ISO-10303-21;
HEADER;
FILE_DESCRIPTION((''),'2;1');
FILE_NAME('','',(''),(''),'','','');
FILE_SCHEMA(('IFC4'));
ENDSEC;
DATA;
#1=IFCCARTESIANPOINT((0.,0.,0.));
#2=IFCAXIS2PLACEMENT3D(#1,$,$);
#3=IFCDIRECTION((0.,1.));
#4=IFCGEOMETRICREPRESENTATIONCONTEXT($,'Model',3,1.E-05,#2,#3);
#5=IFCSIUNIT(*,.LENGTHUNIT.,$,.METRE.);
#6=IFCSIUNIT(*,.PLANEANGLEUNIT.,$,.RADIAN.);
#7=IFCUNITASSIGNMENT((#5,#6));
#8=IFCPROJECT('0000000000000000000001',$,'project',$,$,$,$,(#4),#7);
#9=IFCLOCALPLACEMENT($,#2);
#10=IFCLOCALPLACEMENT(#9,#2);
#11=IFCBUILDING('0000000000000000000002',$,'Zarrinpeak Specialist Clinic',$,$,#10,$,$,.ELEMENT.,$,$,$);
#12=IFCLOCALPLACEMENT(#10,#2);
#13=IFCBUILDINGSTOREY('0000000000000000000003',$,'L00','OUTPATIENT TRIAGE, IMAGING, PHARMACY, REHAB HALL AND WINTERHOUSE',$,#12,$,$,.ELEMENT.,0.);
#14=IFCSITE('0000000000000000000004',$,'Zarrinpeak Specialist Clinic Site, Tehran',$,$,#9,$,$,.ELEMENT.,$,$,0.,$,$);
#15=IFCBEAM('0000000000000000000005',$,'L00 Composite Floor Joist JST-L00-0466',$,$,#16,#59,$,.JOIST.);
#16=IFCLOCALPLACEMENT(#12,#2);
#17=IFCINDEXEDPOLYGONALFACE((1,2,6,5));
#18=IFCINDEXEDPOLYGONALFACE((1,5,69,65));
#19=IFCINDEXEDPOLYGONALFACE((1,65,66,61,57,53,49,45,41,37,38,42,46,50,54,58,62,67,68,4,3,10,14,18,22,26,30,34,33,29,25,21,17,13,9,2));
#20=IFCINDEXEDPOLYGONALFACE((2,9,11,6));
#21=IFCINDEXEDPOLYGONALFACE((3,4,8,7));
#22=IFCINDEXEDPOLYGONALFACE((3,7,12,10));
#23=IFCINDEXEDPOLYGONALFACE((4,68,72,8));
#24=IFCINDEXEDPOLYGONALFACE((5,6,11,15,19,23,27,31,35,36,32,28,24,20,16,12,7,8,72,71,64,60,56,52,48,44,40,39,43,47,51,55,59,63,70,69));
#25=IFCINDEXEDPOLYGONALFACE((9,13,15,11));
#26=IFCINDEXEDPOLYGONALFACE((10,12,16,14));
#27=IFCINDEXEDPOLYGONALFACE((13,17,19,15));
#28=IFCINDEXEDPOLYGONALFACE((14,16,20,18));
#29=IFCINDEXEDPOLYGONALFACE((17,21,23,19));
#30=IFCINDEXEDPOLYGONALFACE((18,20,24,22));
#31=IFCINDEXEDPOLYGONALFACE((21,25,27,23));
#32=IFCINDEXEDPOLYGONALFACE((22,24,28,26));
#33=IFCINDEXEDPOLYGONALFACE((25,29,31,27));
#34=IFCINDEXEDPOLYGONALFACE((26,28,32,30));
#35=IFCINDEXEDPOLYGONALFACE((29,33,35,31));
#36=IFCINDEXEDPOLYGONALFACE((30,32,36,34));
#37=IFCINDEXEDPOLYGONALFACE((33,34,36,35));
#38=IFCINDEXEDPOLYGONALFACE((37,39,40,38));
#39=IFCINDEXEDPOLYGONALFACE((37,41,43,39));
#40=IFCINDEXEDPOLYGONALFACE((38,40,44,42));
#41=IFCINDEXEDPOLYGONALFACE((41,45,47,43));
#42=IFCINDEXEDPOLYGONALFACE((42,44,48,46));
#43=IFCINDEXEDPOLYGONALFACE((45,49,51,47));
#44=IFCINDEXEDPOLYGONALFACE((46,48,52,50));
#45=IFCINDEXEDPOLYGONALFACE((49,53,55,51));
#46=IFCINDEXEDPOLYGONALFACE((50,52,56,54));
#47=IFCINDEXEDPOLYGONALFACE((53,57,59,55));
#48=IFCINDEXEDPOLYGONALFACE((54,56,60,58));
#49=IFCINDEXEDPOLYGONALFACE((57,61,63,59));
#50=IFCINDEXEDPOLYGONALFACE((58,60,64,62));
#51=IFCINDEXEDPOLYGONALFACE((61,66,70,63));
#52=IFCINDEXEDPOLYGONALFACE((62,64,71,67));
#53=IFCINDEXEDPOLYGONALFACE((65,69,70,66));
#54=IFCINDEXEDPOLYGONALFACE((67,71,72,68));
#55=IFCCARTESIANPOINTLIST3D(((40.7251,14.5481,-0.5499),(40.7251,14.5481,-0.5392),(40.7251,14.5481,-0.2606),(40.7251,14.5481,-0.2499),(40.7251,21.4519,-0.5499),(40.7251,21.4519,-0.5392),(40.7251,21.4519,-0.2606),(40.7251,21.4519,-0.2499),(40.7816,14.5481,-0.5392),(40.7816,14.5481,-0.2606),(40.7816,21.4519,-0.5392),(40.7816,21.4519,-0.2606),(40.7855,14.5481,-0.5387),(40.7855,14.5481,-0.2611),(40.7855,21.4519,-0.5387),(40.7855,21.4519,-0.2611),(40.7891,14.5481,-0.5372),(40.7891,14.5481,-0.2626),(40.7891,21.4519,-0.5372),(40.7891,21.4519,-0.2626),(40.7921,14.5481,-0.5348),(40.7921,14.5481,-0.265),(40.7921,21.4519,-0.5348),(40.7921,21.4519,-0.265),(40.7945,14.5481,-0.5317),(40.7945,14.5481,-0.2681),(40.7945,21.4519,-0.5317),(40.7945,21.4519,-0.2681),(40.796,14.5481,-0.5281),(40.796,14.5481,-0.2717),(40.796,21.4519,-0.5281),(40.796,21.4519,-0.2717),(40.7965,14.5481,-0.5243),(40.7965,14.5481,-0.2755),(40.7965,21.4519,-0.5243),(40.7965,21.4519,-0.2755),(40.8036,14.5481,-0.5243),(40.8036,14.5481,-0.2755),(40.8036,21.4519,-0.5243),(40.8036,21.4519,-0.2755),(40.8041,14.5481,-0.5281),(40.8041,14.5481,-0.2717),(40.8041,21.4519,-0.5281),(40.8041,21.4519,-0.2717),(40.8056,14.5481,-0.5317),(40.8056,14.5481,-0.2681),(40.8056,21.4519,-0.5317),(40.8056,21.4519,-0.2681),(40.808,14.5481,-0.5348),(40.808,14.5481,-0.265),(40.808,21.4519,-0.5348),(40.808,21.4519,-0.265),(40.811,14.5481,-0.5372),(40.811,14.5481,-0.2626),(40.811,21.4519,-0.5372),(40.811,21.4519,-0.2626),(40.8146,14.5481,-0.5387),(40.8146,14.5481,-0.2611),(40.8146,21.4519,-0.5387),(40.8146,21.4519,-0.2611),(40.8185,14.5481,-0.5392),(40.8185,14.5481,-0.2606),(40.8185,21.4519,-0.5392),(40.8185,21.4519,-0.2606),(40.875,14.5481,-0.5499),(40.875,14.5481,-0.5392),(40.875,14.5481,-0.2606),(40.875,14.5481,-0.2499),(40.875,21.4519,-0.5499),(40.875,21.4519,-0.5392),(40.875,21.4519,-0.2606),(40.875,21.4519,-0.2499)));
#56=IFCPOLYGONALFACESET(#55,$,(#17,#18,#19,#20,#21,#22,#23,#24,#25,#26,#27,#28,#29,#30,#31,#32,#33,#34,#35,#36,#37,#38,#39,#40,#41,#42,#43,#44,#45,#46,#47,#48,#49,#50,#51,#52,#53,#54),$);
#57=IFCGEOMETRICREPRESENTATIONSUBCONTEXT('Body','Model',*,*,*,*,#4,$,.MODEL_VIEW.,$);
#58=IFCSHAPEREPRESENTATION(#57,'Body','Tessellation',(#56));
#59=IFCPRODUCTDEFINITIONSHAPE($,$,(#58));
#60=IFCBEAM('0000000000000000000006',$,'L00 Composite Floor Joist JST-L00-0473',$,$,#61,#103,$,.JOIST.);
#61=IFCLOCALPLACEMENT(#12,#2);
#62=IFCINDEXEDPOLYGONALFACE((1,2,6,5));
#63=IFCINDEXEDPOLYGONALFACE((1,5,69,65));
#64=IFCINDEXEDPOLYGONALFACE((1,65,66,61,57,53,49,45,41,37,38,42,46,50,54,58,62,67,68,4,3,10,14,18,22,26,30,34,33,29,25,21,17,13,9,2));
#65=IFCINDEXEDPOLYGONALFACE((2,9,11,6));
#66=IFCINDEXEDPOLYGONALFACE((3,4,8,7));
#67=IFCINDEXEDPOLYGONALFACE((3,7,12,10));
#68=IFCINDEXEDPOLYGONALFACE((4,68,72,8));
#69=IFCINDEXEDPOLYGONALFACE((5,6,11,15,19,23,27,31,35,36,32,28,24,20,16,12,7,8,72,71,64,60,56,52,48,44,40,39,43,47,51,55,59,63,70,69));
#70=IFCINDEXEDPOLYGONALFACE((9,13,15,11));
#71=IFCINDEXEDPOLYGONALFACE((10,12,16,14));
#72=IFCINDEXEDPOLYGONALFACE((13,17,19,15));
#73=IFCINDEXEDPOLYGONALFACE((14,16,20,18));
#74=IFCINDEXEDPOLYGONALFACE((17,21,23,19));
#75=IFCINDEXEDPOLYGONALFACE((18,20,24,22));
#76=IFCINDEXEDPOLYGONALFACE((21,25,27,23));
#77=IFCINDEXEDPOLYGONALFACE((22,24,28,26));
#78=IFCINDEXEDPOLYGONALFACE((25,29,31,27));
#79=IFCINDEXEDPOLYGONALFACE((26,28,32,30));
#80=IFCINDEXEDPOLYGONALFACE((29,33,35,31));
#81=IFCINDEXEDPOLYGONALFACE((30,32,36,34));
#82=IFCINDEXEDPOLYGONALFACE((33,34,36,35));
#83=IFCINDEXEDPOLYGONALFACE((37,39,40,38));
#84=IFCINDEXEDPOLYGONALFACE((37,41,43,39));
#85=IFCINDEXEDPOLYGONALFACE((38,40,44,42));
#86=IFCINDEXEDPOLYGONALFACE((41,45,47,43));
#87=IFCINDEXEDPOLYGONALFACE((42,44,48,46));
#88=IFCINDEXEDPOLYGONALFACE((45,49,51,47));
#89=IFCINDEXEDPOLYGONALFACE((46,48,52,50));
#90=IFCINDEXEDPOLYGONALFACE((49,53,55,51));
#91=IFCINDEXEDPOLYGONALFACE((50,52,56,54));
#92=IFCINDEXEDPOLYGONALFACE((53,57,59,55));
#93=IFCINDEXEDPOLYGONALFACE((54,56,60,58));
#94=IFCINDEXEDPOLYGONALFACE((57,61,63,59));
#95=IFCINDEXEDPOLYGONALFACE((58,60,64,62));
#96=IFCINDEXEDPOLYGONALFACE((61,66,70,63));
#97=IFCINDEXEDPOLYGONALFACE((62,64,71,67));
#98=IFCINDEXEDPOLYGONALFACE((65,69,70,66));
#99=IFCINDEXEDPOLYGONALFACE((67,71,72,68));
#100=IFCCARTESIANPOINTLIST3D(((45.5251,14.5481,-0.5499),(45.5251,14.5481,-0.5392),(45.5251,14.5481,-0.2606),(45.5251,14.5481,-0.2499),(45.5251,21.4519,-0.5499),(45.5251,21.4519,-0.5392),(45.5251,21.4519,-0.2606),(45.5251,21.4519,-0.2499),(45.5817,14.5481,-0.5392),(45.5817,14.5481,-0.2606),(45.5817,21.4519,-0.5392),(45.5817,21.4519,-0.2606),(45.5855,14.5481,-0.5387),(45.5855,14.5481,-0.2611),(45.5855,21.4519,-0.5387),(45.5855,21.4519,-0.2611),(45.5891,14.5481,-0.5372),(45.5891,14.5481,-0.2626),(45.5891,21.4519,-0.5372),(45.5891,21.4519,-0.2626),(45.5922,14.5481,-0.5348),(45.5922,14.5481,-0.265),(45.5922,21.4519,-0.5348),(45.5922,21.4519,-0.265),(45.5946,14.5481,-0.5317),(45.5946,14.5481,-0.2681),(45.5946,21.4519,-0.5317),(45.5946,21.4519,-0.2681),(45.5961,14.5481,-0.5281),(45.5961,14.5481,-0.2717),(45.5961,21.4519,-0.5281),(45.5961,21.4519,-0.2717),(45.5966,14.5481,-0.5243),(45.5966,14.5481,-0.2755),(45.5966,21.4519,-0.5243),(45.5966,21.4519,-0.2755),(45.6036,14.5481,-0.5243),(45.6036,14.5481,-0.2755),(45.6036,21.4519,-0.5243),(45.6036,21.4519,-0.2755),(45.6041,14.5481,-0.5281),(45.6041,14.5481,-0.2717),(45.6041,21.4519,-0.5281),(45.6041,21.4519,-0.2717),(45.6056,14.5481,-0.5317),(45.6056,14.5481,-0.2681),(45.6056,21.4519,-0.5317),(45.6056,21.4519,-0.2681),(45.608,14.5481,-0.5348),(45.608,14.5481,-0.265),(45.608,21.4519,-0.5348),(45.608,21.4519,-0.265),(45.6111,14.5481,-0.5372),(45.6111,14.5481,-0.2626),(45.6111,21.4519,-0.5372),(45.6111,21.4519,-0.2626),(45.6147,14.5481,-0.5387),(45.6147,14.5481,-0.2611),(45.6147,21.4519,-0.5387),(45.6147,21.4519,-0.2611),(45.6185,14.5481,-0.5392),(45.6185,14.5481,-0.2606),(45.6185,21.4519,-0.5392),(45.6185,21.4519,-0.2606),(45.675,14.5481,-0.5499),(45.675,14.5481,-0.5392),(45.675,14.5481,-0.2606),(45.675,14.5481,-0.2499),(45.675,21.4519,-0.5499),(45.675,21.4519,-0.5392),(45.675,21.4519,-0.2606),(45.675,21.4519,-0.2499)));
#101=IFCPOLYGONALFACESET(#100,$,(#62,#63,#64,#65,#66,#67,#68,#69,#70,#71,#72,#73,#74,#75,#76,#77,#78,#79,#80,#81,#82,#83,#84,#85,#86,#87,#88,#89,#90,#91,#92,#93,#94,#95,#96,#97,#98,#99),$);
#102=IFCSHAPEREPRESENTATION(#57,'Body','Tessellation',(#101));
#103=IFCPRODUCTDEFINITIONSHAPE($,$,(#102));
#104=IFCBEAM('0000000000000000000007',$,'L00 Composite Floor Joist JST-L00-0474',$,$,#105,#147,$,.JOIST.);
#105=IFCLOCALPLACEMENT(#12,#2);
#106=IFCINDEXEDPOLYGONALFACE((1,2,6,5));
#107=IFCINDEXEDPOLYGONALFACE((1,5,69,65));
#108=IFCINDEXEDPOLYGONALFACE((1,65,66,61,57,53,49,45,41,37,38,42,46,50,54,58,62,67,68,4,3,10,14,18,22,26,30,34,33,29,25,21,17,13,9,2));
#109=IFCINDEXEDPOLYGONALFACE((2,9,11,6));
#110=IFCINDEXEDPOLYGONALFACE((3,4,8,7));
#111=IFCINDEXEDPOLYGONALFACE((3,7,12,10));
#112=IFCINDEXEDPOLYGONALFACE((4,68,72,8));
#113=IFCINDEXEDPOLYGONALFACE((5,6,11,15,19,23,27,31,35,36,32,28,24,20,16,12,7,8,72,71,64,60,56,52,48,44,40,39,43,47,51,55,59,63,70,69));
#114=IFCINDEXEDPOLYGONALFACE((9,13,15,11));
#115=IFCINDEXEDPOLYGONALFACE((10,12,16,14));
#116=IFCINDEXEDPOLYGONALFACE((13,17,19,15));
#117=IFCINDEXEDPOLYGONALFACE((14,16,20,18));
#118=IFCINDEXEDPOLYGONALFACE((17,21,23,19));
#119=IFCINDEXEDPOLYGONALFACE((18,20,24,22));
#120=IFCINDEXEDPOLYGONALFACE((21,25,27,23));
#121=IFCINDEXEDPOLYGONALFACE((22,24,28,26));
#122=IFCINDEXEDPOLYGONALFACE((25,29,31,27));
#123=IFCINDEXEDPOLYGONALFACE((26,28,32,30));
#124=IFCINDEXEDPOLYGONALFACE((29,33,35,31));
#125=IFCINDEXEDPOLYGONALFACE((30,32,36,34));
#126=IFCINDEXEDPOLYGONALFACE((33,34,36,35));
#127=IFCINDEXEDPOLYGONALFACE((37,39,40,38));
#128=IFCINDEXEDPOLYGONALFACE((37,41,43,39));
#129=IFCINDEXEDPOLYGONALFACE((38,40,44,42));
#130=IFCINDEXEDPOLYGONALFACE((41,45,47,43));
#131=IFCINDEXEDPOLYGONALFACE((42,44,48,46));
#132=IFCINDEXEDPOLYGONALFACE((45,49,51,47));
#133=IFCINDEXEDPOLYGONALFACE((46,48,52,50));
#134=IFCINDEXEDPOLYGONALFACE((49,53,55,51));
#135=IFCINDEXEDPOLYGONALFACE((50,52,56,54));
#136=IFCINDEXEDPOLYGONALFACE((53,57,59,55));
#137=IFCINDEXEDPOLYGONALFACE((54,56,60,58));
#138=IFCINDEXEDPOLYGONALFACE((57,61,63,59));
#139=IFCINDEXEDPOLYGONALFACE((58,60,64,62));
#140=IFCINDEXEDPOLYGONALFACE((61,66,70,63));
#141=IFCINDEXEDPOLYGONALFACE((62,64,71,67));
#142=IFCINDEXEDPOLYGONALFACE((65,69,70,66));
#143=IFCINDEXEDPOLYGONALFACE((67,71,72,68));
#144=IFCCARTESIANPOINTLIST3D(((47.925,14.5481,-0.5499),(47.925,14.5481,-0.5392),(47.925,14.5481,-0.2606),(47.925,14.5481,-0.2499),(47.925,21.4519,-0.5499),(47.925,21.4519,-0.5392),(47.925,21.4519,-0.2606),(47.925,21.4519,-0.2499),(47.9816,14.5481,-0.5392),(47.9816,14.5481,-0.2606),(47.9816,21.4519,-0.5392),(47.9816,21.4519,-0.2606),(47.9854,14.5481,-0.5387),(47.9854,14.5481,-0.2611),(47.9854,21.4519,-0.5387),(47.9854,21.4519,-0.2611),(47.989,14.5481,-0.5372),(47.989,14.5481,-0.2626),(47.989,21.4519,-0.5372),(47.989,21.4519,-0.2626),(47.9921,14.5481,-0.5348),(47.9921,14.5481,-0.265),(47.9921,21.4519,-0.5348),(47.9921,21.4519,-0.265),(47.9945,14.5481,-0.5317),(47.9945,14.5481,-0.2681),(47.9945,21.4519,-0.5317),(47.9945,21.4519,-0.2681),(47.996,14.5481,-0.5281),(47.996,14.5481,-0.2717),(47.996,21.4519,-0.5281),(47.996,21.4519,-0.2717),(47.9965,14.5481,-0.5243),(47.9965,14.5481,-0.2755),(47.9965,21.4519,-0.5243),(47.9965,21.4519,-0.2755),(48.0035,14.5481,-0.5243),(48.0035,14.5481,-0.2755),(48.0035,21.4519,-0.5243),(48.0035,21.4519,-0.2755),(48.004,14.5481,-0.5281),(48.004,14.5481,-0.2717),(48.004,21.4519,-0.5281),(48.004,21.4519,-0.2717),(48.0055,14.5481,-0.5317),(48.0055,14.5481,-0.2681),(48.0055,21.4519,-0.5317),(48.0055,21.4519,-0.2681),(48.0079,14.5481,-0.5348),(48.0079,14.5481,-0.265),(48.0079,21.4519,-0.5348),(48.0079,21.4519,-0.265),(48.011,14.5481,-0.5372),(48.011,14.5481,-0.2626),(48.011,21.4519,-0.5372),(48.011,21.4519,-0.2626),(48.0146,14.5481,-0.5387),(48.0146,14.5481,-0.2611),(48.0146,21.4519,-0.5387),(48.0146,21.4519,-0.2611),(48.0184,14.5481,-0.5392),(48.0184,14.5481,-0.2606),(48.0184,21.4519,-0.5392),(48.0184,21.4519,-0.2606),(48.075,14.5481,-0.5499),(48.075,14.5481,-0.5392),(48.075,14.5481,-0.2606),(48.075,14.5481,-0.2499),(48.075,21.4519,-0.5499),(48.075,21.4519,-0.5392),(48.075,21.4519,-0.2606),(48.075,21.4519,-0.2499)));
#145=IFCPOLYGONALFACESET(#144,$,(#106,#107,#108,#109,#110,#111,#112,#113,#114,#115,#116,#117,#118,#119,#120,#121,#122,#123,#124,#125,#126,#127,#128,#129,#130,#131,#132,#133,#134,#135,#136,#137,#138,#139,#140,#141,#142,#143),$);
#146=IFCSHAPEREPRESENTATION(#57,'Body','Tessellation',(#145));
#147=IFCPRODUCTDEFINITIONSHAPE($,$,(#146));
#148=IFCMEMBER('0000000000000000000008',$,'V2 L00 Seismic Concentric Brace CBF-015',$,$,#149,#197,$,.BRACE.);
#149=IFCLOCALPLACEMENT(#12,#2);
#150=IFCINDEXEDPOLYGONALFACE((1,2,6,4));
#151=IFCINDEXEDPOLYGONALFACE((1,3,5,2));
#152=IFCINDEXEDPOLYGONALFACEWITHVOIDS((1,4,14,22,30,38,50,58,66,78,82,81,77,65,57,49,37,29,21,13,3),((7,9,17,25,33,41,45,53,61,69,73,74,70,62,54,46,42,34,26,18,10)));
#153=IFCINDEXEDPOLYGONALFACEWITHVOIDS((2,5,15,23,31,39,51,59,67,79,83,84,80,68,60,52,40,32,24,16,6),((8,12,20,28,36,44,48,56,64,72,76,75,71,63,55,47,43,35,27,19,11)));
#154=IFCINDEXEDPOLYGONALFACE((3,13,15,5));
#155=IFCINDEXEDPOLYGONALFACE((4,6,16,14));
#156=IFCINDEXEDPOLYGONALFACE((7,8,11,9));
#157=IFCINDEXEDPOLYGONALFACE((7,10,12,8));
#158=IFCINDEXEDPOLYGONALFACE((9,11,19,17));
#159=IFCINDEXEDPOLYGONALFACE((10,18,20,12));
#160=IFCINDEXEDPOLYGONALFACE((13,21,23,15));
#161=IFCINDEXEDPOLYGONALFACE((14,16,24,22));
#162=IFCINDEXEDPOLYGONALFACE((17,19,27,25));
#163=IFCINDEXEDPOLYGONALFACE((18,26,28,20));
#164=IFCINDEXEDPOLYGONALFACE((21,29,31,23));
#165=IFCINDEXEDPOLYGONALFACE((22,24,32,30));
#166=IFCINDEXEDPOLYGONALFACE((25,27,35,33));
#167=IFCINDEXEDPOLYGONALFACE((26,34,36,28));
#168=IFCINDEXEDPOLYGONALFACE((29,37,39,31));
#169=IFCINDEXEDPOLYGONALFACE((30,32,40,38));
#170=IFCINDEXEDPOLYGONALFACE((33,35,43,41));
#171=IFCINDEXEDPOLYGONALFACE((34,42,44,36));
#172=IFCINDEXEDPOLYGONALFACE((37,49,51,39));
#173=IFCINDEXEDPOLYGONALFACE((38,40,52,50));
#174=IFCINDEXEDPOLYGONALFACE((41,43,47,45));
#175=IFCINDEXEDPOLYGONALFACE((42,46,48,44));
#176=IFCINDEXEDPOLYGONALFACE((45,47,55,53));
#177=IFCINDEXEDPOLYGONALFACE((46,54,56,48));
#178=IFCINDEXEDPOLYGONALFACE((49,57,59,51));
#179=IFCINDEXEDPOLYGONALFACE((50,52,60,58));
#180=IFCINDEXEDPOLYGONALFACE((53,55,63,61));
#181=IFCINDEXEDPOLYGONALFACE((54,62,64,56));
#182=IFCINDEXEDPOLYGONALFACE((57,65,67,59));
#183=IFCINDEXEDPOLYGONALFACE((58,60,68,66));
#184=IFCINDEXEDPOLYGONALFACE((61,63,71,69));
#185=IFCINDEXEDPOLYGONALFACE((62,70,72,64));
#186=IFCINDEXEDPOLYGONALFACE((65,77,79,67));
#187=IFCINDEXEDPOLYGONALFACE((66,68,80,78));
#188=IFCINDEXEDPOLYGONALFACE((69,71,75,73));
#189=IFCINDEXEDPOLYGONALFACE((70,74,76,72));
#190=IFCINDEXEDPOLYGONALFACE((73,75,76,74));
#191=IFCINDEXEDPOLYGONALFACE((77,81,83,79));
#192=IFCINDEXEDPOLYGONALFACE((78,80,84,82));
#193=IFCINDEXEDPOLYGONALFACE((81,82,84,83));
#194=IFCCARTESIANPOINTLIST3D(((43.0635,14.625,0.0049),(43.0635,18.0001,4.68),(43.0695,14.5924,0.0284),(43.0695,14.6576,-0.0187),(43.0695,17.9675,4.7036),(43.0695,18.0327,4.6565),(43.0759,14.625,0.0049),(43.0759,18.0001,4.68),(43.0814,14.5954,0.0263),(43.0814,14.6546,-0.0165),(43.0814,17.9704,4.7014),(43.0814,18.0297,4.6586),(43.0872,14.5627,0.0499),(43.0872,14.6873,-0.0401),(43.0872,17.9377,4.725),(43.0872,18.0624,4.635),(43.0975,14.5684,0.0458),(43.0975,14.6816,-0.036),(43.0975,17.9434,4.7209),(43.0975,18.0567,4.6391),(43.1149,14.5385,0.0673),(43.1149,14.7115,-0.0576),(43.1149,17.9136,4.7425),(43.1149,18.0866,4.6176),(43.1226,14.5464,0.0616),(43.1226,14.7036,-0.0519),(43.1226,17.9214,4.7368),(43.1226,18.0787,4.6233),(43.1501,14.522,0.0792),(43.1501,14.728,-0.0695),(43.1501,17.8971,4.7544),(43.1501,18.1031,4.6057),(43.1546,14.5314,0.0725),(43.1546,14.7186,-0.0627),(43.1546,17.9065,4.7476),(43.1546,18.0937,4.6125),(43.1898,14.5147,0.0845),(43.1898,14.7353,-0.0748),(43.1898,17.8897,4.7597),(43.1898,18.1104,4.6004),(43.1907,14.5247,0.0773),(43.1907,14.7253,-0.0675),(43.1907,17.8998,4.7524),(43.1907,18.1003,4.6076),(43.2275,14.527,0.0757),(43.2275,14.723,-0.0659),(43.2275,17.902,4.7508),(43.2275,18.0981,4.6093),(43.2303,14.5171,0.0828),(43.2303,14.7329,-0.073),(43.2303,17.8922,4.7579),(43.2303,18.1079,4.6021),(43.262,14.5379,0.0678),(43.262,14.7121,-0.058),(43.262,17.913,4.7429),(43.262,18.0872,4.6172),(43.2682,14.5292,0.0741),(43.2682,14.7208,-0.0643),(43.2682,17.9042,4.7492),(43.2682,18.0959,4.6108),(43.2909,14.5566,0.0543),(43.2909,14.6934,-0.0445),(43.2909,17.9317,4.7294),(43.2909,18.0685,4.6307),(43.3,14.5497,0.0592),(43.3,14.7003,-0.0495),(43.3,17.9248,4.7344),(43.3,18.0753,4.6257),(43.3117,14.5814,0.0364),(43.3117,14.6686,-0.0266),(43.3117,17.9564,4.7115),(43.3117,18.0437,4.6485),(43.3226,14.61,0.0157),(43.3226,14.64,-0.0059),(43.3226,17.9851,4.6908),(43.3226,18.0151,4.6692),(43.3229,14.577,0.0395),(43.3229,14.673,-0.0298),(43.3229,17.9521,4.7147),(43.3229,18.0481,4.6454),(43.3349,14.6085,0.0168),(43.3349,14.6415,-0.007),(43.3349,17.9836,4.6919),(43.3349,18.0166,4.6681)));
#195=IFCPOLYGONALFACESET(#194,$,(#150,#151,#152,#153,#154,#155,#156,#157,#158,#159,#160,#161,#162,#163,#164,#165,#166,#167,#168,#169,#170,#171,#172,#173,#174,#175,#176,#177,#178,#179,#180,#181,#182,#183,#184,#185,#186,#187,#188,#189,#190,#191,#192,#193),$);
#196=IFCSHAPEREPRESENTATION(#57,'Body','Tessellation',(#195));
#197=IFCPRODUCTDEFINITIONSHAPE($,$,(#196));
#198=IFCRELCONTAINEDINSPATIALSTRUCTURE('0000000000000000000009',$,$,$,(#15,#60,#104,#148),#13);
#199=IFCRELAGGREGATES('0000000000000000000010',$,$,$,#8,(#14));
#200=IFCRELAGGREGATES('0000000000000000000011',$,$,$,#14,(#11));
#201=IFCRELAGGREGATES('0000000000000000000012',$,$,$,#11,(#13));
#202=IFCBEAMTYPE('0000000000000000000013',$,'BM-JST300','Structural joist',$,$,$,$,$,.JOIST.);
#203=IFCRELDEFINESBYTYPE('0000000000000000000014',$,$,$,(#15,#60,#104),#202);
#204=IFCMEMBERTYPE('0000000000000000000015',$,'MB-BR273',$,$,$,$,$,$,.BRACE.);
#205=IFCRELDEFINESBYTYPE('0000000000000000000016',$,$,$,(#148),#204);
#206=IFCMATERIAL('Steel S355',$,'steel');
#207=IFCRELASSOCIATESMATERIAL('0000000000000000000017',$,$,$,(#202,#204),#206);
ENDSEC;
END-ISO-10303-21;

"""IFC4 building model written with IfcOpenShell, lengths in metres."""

from ifc_helpers import new_model, si_unit, direction, frame, origin, origin_2d, place, context, subcontext, project, spatial, hollow_circle, i_section, extrude, material, material_profile, profile_set, type_object, element, save


model = new_model("IFC4")

# Units and contexts
model_context = context("Model", 3, precision=1e-05, world=origin(), true_north=direction((0.0, 1.0)))
body_context = subcontext(model_context, "Body", "Model", "MODEL_VIEW")
ifc_project = project(units=[si_unit("LENGTHUNIT", "METRE"), si_unit("PLANEANGLEUNIT", "RADIAN")], contexts=[model_context])

# Site, building, storey
site_placement = place(None, origin())
site = spatial("IfcSite", under=ifc_project, at=site_placement, Name="Zarrinpeak Specialist Clinic Site, Tehran", CompositionType="ELEMENT", RefElevation=0.0)
building_placement = place(site_placement, origin())
building = spatial("IfcBuilding", under=site, at=building_placement, Name="Zarrinpeak Specialist Clinic", CompositionType="ELEMENT")
storey_placement = place(building_placement, origin())
storey = spatial("IfcBuildingStorey", under=building, at=storey_placement, Name="L00", Description="OUTPATIENT TRIAGE, IMAGING, PHARMACY, REHAB HALL AND WINTERHOUSE", CompositionType="ELEMENT", Elevation=0.0)

# Shared definitions
ifc_material_1 = material(Name="Steel S355", Category="steel")

# Beams
ifc_material_profile_1 = material_profile(ifc_material_1, i_section(OverallWidth=0.1499, OverallDepth=0.3, WebThickness=0.0071, FlangeThickness=0.0107, FilletRadius=0.0149, at=origin_2d()), Name="IPE 300")
ifc_profile_set_1 = profile_set([ifc_material_profile_1], Name="Steel S355")
beam_type_1 = type_object("IfcBeamType", Name="BM-JST300", Description="Structural joist", PredefinedType="JOIST", material=ifc_profile_set_1)
for number, where, z_axis, x_axis, name in (
    (1, (40.8, 14.5481, -0.3999), (0.0, 1.0, 0.0), (-1.0, 0.0, 0.0), "L00 Composite Floor Joist JST-L00-0466"),
    (2, (45.6001, 14.5481, -0.3999), (0.0, 1.0, 0.0), (-1.0, 0.0, 0.0), "L00 Composite Floor Joist JST-L00-0473"),
    (3, (48.0, 14.5481, -0.3999), (0.0, 1.0, 0.0), (-1.0, 0.0, 0.0), "L00 Composite Floor Joist JST-L00-0474"),
):
    element("IfcBeam", number, at=place(storey_placement, frame(where, z_axis=z_axis, x_axis=x_axis)), inside=storey, type_object=beam_type_1, Name=name, PredefinedType="JOIST", context=body_context, shape_type="SweptSolid", body=[
        extrude(i_section(OverallWidth=0.1499, OverallDepth=0.3, WebThickness=0.0071, FlangeThickness=0.0107, FilletRadius=0.0149, at=origin_2d()), origin(), (0.0, 0.0, 1.0), 6.9038),
    ])

# Member
ifc_material_profile_2 = material_profile(ifc_material_1, hollow_circle(Radius=0.1365, WallThickness=0.0125, at=origin_2d()), Name="CHS 273.0x12.5")
ifc_profile_set_2 = profile_set([ifc_material_profile_2], Name="Steel S355")
member_type = type_object("IfcMemberType", Name="MB-BR273", PredefinedType="BRACE", material=ifc_profile_set_2)
for number, where, z_axis, x_axis, name in (
    (4, (43.2, 14.625, 0.0049), (0.0, 0.585328, 0.810796), (-1.0, 0.0, 0.0), "V2 L00 Seismic Concentric Brace CBF-015"),
):
    element("IfcMember", number, at=place(storey_placement, frame(where, z_axis=z_axis, x_axis=x_axis)), inside=storey, type_object=member_type, Name=name, PredefinedType="BRACE", context=body_context, shape_type="SweptSolid", body=[
        extrude(hollow_circle(Radius=0.1365, WallThickness=0.0125, at=origin_2d()), origin(), (0.0, 0.0, 1.0), 5.7661),
    ])

save(model, "model.ifc")
